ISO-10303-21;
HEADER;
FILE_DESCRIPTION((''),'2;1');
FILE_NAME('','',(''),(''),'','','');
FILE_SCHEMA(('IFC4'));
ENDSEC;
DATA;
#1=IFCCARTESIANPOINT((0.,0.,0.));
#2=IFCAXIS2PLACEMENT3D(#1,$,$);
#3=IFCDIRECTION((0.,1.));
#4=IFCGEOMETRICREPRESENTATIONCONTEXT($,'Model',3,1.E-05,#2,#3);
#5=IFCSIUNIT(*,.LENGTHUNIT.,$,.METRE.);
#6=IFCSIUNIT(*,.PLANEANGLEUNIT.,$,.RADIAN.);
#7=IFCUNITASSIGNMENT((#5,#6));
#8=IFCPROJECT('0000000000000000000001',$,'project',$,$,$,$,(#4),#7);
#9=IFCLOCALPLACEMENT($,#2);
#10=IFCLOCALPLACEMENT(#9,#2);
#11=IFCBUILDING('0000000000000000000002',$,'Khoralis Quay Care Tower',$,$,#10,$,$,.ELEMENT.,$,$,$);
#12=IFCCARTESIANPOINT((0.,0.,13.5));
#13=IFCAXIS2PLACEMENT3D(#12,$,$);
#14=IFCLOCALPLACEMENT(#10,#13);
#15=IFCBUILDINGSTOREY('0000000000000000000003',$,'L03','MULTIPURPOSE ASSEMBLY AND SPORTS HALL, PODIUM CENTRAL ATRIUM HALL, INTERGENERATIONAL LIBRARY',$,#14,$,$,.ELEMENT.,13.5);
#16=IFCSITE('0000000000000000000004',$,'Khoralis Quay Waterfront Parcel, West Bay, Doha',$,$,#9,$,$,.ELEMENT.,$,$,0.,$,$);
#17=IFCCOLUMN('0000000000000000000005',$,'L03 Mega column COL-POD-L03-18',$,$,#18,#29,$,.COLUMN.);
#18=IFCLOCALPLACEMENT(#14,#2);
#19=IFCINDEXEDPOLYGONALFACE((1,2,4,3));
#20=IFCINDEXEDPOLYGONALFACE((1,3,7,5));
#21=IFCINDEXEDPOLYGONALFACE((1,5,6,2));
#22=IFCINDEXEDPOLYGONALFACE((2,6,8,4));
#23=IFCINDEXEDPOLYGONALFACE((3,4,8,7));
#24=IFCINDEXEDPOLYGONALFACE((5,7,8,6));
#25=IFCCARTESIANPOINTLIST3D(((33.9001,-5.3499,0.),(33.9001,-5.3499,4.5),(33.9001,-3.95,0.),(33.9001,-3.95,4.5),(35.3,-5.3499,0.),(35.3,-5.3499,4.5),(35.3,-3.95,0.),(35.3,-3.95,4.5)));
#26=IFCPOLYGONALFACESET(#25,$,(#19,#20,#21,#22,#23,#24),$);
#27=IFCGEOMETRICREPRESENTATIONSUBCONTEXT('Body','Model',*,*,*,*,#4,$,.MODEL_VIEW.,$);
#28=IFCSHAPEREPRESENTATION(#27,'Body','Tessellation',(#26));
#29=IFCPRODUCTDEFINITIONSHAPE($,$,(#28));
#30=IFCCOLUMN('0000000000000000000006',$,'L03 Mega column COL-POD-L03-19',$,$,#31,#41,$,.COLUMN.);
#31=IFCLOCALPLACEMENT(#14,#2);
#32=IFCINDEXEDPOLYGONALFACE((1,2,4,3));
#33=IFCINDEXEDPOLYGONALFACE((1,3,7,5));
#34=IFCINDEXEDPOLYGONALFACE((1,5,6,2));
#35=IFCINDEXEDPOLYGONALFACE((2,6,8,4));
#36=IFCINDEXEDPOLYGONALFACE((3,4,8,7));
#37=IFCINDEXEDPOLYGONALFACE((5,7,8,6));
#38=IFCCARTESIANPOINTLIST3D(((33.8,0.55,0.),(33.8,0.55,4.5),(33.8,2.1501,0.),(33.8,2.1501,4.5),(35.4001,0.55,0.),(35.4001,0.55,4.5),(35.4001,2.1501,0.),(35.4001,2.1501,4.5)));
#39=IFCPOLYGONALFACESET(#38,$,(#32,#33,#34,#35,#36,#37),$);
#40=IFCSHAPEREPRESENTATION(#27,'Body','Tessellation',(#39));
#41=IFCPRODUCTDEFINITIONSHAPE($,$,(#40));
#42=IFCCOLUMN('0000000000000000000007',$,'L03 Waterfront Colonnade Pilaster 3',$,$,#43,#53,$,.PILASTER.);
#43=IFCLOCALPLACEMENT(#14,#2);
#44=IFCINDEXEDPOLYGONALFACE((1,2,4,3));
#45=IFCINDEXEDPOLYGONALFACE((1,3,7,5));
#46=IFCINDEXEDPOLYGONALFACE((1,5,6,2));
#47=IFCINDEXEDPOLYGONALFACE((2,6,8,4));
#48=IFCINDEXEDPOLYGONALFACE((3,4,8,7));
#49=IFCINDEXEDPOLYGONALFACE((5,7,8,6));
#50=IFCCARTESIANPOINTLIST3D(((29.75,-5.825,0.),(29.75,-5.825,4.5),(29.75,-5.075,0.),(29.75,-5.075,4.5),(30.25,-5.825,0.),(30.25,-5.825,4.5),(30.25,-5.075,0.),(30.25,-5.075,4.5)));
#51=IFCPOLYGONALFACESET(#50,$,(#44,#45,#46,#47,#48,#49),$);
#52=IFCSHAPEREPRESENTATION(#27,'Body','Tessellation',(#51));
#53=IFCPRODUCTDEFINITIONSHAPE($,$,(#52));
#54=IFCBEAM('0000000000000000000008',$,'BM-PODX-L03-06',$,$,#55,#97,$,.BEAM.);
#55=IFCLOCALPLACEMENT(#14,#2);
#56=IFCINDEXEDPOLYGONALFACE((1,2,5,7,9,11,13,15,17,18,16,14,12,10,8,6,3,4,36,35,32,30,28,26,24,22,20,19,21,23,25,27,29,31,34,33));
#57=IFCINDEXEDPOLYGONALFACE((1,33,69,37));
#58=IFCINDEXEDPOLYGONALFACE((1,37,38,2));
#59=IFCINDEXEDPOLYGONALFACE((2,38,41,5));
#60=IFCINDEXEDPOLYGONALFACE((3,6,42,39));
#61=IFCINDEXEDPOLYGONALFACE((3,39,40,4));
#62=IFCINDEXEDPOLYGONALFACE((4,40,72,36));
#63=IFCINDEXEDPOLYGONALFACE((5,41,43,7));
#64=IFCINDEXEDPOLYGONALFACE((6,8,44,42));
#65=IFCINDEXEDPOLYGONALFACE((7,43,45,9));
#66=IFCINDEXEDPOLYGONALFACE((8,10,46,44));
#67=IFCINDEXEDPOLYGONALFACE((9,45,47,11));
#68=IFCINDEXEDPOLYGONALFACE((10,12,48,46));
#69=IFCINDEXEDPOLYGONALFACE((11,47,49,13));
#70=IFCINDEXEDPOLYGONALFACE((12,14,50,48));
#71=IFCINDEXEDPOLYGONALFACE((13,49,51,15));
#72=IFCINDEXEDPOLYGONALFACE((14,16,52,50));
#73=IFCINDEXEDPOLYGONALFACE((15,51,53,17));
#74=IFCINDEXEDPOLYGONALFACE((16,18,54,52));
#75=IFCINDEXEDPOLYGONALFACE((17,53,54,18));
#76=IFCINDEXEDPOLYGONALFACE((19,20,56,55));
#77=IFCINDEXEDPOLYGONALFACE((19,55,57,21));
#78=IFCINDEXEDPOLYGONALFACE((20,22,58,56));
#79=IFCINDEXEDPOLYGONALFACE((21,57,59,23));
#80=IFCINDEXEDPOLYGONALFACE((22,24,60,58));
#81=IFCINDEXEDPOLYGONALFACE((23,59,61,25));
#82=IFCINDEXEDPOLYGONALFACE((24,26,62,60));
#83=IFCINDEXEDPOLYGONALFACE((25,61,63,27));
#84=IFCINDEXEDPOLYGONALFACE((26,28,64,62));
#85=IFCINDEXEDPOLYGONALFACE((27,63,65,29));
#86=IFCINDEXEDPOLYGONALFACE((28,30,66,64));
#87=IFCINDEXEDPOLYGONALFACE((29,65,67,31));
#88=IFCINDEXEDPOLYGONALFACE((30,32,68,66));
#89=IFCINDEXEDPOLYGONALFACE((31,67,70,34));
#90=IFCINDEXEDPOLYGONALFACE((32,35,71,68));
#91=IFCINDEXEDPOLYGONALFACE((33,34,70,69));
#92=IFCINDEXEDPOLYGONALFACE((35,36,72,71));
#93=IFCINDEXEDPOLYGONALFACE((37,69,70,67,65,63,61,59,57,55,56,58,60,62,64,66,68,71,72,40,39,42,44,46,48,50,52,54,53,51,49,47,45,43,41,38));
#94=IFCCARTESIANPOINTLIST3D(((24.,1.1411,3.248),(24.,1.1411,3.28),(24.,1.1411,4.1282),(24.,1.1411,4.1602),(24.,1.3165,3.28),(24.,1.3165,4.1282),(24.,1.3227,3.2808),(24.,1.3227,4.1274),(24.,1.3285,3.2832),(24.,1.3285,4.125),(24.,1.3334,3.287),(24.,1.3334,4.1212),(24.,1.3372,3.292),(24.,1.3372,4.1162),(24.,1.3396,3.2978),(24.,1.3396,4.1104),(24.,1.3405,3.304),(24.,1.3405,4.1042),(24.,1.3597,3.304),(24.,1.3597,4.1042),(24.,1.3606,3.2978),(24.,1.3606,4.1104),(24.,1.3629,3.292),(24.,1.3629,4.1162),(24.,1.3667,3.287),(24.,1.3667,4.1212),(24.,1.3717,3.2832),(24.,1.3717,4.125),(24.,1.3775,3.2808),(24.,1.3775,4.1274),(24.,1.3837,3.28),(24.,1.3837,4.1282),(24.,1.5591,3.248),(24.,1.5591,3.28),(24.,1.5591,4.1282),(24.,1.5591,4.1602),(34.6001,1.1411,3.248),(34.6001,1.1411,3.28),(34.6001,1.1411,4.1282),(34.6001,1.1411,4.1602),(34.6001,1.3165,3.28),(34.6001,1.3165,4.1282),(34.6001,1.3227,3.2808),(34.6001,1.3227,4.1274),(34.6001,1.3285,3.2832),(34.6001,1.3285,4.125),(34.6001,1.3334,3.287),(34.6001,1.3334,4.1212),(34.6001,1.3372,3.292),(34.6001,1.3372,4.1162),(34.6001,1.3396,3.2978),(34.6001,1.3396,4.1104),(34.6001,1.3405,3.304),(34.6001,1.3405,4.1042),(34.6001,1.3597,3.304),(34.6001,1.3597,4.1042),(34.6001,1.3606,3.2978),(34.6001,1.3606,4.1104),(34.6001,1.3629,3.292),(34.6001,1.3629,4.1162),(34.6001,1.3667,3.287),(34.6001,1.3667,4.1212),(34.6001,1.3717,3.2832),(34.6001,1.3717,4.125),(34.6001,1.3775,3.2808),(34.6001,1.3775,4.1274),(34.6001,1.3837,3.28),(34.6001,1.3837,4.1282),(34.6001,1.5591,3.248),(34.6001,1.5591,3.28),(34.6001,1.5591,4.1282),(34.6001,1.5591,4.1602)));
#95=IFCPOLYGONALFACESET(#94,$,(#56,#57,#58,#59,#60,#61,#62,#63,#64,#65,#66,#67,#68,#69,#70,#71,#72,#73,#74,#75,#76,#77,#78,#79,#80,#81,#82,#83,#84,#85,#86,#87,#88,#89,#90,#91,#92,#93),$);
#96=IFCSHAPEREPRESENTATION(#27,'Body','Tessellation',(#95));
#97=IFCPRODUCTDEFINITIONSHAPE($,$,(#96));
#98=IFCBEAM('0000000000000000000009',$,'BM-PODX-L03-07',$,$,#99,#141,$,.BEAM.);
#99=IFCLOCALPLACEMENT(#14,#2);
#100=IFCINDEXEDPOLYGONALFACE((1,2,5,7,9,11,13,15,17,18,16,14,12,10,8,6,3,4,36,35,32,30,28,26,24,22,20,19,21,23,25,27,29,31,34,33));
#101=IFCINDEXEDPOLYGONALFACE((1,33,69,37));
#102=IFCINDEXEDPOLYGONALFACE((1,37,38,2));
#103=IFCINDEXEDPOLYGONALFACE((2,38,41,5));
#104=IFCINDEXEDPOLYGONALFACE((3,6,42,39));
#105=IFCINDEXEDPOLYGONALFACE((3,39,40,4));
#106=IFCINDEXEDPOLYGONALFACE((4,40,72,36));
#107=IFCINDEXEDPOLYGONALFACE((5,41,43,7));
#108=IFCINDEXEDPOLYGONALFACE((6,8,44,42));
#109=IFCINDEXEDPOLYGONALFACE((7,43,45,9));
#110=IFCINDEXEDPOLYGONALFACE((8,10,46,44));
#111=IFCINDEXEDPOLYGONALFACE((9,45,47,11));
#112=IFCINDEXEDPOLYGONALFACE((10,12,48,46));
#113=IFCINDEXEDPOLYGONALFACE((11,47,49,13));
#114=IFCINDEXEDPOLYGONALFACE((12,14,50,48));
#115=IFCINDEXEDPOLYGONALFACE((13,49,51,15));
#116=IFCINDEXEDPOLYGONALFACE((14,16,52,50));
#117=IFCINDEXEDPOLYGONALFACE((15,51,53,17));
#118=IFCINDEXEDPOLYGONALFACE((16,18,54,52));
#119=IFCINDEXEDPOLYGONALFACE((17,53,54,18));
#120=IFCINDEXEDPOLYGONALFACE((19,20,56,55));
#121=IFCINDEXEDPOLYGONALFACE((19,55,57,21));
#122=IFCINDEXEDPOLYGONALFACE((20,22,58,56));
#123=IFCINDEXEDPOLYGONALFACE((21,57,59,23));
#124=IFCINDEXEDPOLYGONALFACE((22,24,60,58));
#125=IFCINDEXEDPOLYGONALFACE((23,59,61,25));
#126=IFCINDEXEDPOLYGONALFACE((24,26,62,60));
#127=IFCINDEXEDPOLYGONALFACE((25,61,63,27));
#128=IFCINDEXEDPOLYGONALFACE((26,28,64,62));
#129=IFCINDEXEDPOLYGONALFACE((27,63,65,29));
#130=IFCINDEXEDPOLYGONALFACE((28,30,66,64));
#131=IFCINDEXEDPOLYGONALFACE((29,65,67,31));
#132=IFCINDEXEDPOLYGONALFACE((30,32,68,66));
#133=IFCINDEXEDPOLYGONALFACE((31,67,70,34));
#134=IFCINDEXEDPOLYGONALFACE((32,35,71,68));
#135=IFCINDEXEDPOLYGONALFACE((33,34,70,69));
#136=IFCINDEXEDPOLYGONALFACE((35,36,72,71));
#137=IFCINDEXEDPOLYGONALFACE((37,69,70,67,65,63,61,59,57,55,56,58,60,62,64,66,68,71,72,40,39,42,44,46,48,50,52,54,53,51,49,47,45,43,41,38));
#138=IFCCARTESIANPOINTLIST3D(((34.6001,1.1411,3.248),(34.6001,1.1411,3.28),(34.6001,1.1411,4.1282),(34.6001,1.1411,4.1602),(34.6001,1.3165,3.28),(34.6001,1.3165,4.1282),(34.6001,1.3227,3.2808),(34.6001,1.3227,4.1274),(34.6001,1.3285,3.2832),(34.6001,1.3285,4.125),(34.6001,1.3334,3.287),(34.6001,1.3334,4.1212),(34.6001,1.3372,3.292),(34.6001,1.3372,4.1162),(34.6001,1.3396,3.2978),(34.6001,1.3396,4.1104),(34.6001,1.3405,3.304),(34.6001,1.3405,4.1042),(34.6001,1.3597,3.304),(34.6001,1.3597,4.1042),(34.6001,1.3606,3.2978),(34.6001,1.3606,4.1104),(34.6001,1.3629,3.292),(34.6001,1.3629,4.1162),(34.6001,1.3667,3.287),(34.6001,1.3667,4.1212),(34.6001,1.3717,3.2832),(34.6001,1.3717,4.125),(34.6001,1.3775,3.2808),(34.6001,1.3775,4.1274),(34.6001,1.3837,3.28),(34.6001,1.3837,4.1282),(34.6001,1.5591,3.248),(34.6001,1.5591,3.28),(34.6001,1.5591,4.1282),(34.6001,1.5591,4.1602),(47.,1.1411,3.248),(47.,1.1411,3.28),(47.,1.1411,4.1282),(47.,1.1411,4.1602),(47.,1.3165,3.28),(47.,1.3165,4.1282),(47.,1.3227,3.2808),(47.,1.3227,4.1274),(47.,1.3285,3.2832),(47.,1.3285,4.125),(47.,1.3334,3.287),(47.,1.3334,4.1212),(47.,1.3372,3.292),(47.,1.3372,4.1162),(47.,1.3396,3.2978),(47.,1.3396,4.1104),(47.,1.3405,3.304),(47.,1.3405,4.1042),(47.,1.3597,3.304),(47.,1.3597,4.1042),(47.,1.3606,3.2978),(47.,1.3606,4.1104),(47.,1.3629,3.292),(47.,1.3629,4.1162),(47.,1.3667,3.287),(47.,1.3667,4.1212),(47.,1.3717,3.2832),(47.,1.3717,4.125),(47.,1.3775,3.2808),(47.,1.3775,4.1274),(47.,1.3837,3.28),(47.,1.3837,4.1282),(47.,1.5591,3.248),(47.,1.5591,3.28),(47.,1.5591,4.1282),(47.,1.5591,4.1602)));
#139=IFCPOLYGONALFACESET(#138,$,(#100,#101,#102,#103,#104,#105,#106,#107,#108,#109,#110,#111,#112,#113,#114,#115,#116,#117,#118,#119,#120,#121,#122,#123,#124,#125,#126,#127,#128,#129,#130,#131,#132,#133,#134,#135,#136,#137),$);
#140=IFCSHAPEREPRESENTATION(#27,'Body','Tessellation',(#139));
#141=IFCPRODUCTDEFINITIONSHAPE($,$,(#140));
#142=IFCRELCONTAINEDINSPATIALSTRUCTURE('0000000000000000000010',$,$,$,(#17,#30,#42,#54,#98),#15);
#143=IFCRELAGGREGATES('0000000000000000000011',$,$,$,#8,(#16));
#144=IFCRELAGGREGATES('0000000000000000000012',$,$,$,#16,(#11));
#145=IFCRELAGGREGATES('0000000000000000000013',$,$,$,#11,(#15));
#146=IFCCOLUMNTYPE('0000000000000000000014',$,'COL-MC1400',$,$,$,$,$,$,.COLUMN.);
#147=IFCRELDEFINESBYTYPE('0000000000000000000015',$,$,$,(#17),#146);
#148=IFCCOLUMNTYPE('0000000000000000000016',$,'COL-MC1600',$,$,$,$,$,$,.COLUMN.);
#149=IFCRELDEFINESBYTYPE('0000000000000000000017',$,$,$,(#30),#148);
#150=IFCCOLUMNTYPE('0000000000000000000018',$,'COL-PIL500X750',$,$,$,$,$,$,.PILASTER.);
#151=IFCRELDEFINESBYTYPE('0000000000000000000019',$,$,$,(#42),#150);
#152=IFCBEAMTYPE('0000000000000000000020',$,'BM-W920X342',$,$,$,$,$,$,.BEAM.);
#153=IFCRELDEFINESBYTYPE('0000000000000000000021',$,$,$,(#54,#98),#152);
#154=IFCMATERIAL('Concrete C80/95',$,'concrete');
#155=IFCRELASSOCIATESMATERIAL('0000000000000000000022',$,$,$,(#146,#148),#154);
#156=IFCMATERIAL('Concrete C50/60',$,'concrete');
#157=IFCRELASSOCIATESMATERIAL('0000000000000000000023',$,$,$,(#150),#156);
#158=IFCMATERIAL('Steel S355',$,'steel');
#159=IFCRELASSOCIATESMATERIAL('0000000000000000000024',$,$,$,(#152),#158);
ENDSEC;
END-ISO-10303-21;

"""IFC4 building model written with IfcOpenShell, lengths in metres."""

from ifc_helpers import new_model, si_unit, direction, frame, origin, origin_2d, place, context, subcontext, project, spatial, rectangle, i_section, extrude, source, transform, mapped, material, material_profile, profile_set, type_object, element, save


model = new_model("IFC4")

# Units and contexts
model_context = context("Model", 3, precision=1e-05, world=origin(), true_north=direction((0.0, 1.0)))
body_context = subcontext(model_context, "Body", "Model", "MODEL_VIEW")
ifc_project = project(units=[si_unit("LENGTHUNIT", "METRE"), si_unit("PLANEANGLEUNIT", "RADIAN")], contexts=[model_context])

# Site, building, storey
site_placement = place(None, origin())
site = spatial("IfcSite", under=ifc_project, at=site_placement, Name="Khoralis Quay Waterfront Parcel, West Bay, Doha", CompositionType="ELEMENT", RefElevation=0.0)
building_placement = place(site_placement, origin())
building = spatial("IfcBuilding", under=site, at=building_placement, Name="Khoralis Quay Care Tower", CompositionType="ELEMENT")
storey_placement = place(building_placement, frame((0.0, 0.0, 13.5)))
storey = spatial("IfcBuildingStorey", under=building, at=storey_placement, Name="L03", Description="MULTIPURPOSE ASSEMBLY AND SPORTS HALL, PODIUM CENTRAL ATRIUM HALL, INTERGENERATIONAL LIBRARY", CompositionType="ELEMENT", Elevation=13.5)

# Columns
ifc_material_1 = material(Name="Concrete C80/95", Category="concrete")
ifc_material_profile_1 = material_profile(ifc_material_1, rectangle(XDim=1.3999, YDim=1.3999, at=origin_2d()), Name="Concrete C80/95")
ifc_profile_set_1 = profile_set([ifc_material_profile_1], Name="Concrete C80/95")
column_type_1 = type_object("IfcColumnType", Name="COL-MC1400", PredefinedType="COLUMN", material=ifc_profile_set_1)
shared_shape_1 = source(origin(), body_context, "Body", "SweptSolid", [
    extrude(rectangle(XDim=1.3999, YDim=1.3999, at=origin_2d()), origin(), (0.0, 0.0, 1.0), 4.5),
])
column_1_placement = place(storey_placement, frame((34.6001, -4.6499, 0.0), z_axis=(0.0, 0.0, 1.0), x_axis=(1.0, 0.0, 0.0)))
element("IfcColumn", 1, at=column_1_placement, inside=storey, type_object=column_type_1, Name="L03 Mega column COL-POD-L03-18", PredefinedType="COLUMN", context=body_context, shape_type="MappedRepresentation", body=[
    mapped(shared_shape_1, transform((0.0, 0.0, 0.0), scale=1.0)),
])
ifc_material_profile_2 = material_profile(ifc_material_1, rectangle(XDim=1.6001, YDim=1.6001, at=origin_2d()), Name="Concrete C80/95")
ifc_profile_set_2 = profile_set([ifc_material_profile_2], Name="Concrete C80/95")
column_type_2 = type_object("IfcColumnType", Name="COL-MC1600", PredefinedType="COLUMN", material=ifc_profile_set_2)
shared_shape_2 = source(origin(), body_context, "Body", "SweptSolid", [
    extrude(rectangle(XDim=1.6001, YDim=1.6001, at=origin_2d()), origin(), (0.0, 0.0, 1.0), 4.5),
])
column_2_placement = place(storey_placement, frame((34.6001, 1.3501, 0.0), z_axis=(0.0, 0.0, 1.0), x_axis=(1.0, 0.0, 0.0)))
element("IfcColumn", 2, at=column_2_placement, inside=storey, type_object=column_type_2, Name="L03 Mega column COL-POD-L03-19", PredefinedType="COLUMN", context=body_context, shape_type="MappedRepresentation", body=[
    mapped(shared_shape_2, transform((0.0, 0.0, 0.0), scale=1.0)),
])
ifc_material_2 = material(Name="Concrete C50/60", Category="concrete")
ifc_material_profile_3 = material_profile(ifc_material_2, rectangle(XDim=0.5, YDim=0.75, at=origin_2d()), Name="Concrete C50/60")
ifc_profile_set_3 = profile_set([ifc_material_profile_3], Name="Concrete C50/60")
column_type_3 = type_object("IfcColumnType", Name="COL-PIL500X750", PredefinedType="PILASTER", material=ifc_profile_set_3)
shared_shape_3 = source(origin(), body_context, "Body", "SweptSolid", [
    extrude(rectangle(XDim=0.5, YDim=0.75, at=origin_2d()), origin(), (0.0, 0.0, 1.0), 4.5),
])
column_3_placement = place(storey_placement, frame((30.0, -5.45, 0.0), z_axis=(0.0, 0.0, 1.0), x_axis=(1.0, 0.0, 0.0)))
element("IfcColumn", 3, at=column_3_placement, inside=storey, type_object=column_type_3, Name="L03 Waterfront Colonnade Pilaster 3", PredefinedType="PILASTER", context=body_context, shape_type="MappedRepresentation", body=[
    mapped(shared_shape_3, transform((0.0, 0.0, 0.0), scale=1.0)),
])

# Beams
ifc_material_3 = material(Name="Steel S355", Category="steel")
ifc_material_profile_4 = material_profile(ifc_material_3, i_section(OverallWidth=0.418, OverallDepth=0.9121, WebThickness=0.0193, FlangeThickness=0.032, FilletRadius=0.0239, at=origin_2d()), Name="Steel S355")
ifc_profile_set_4 = profile_set([ifc_material_profile_4], Name="Steel S355")
beam_type_1 = type_object("IfcBeamType", Name="BM-W920X342", PredefinedType="BEAM", material=ifc_profile_set_4)
shared_shape_4 = source(origin(), body_context, "Body", "SweptSolid", [
    extrude(i_section(OverallWidth=0.418, OverallDepth=0.9121, WebThickness=0.0193, FlangeThickness=0.032, FilletRadius=0.0239, at=origin_2d()), origin(), (0.0, 0.0, 1.0), 10.6001),
])
beam_1_placement = place(storey_placement, frame((24.0, 1.3501, 3.7041), z_axis=(1.0, 0.0, 0.0), x_axis=(0.0, 1.0, 0.0)))
element("IfcBeam", 4, at=beam_1_placement, inside=storey, type_object=beam_type_1, Name="BM-PODX-L03-06", PredefinedType="BEAM", context=body_context, shape_type="MappedRepresentation", body=[
    mapped(shared_shape_4, transform((0.0, 0.0, 0.0), scale=1.0)),
])
shared_shape_5 = source(origin(), body_context, "Body", "SweptSolid", [
    extrude(i_section(OverallWidth=0.418, OverallDepth=0.9121, WebThickness=0.0193, FlangeThickness=0.032, FilletRadius=0.0239, at=origin_2d()), origin(), (0.0, 0.0, 1.0), 12.3999),
])
beam_2_placement = place(storey_placement, frame((34.6001, 1.3501, 3.7041), z_axis=(1.0, 0.0, 0.0), x_axis=(0.0, 1.0, 0.0)))
element("IfcBeam", 5, at=beam_2_placement, inside=storey, type_object=beam_type_1, Name="BM-PODX-L03-07", PredefinedType="BEAM", context=body_context, shape_type="MappedRepresentation", body=[
    mapped(shared_shape_5, transform((0.0, 0.0, 0.0), scale=1.0)),
])

save(model, "model.ifc")
